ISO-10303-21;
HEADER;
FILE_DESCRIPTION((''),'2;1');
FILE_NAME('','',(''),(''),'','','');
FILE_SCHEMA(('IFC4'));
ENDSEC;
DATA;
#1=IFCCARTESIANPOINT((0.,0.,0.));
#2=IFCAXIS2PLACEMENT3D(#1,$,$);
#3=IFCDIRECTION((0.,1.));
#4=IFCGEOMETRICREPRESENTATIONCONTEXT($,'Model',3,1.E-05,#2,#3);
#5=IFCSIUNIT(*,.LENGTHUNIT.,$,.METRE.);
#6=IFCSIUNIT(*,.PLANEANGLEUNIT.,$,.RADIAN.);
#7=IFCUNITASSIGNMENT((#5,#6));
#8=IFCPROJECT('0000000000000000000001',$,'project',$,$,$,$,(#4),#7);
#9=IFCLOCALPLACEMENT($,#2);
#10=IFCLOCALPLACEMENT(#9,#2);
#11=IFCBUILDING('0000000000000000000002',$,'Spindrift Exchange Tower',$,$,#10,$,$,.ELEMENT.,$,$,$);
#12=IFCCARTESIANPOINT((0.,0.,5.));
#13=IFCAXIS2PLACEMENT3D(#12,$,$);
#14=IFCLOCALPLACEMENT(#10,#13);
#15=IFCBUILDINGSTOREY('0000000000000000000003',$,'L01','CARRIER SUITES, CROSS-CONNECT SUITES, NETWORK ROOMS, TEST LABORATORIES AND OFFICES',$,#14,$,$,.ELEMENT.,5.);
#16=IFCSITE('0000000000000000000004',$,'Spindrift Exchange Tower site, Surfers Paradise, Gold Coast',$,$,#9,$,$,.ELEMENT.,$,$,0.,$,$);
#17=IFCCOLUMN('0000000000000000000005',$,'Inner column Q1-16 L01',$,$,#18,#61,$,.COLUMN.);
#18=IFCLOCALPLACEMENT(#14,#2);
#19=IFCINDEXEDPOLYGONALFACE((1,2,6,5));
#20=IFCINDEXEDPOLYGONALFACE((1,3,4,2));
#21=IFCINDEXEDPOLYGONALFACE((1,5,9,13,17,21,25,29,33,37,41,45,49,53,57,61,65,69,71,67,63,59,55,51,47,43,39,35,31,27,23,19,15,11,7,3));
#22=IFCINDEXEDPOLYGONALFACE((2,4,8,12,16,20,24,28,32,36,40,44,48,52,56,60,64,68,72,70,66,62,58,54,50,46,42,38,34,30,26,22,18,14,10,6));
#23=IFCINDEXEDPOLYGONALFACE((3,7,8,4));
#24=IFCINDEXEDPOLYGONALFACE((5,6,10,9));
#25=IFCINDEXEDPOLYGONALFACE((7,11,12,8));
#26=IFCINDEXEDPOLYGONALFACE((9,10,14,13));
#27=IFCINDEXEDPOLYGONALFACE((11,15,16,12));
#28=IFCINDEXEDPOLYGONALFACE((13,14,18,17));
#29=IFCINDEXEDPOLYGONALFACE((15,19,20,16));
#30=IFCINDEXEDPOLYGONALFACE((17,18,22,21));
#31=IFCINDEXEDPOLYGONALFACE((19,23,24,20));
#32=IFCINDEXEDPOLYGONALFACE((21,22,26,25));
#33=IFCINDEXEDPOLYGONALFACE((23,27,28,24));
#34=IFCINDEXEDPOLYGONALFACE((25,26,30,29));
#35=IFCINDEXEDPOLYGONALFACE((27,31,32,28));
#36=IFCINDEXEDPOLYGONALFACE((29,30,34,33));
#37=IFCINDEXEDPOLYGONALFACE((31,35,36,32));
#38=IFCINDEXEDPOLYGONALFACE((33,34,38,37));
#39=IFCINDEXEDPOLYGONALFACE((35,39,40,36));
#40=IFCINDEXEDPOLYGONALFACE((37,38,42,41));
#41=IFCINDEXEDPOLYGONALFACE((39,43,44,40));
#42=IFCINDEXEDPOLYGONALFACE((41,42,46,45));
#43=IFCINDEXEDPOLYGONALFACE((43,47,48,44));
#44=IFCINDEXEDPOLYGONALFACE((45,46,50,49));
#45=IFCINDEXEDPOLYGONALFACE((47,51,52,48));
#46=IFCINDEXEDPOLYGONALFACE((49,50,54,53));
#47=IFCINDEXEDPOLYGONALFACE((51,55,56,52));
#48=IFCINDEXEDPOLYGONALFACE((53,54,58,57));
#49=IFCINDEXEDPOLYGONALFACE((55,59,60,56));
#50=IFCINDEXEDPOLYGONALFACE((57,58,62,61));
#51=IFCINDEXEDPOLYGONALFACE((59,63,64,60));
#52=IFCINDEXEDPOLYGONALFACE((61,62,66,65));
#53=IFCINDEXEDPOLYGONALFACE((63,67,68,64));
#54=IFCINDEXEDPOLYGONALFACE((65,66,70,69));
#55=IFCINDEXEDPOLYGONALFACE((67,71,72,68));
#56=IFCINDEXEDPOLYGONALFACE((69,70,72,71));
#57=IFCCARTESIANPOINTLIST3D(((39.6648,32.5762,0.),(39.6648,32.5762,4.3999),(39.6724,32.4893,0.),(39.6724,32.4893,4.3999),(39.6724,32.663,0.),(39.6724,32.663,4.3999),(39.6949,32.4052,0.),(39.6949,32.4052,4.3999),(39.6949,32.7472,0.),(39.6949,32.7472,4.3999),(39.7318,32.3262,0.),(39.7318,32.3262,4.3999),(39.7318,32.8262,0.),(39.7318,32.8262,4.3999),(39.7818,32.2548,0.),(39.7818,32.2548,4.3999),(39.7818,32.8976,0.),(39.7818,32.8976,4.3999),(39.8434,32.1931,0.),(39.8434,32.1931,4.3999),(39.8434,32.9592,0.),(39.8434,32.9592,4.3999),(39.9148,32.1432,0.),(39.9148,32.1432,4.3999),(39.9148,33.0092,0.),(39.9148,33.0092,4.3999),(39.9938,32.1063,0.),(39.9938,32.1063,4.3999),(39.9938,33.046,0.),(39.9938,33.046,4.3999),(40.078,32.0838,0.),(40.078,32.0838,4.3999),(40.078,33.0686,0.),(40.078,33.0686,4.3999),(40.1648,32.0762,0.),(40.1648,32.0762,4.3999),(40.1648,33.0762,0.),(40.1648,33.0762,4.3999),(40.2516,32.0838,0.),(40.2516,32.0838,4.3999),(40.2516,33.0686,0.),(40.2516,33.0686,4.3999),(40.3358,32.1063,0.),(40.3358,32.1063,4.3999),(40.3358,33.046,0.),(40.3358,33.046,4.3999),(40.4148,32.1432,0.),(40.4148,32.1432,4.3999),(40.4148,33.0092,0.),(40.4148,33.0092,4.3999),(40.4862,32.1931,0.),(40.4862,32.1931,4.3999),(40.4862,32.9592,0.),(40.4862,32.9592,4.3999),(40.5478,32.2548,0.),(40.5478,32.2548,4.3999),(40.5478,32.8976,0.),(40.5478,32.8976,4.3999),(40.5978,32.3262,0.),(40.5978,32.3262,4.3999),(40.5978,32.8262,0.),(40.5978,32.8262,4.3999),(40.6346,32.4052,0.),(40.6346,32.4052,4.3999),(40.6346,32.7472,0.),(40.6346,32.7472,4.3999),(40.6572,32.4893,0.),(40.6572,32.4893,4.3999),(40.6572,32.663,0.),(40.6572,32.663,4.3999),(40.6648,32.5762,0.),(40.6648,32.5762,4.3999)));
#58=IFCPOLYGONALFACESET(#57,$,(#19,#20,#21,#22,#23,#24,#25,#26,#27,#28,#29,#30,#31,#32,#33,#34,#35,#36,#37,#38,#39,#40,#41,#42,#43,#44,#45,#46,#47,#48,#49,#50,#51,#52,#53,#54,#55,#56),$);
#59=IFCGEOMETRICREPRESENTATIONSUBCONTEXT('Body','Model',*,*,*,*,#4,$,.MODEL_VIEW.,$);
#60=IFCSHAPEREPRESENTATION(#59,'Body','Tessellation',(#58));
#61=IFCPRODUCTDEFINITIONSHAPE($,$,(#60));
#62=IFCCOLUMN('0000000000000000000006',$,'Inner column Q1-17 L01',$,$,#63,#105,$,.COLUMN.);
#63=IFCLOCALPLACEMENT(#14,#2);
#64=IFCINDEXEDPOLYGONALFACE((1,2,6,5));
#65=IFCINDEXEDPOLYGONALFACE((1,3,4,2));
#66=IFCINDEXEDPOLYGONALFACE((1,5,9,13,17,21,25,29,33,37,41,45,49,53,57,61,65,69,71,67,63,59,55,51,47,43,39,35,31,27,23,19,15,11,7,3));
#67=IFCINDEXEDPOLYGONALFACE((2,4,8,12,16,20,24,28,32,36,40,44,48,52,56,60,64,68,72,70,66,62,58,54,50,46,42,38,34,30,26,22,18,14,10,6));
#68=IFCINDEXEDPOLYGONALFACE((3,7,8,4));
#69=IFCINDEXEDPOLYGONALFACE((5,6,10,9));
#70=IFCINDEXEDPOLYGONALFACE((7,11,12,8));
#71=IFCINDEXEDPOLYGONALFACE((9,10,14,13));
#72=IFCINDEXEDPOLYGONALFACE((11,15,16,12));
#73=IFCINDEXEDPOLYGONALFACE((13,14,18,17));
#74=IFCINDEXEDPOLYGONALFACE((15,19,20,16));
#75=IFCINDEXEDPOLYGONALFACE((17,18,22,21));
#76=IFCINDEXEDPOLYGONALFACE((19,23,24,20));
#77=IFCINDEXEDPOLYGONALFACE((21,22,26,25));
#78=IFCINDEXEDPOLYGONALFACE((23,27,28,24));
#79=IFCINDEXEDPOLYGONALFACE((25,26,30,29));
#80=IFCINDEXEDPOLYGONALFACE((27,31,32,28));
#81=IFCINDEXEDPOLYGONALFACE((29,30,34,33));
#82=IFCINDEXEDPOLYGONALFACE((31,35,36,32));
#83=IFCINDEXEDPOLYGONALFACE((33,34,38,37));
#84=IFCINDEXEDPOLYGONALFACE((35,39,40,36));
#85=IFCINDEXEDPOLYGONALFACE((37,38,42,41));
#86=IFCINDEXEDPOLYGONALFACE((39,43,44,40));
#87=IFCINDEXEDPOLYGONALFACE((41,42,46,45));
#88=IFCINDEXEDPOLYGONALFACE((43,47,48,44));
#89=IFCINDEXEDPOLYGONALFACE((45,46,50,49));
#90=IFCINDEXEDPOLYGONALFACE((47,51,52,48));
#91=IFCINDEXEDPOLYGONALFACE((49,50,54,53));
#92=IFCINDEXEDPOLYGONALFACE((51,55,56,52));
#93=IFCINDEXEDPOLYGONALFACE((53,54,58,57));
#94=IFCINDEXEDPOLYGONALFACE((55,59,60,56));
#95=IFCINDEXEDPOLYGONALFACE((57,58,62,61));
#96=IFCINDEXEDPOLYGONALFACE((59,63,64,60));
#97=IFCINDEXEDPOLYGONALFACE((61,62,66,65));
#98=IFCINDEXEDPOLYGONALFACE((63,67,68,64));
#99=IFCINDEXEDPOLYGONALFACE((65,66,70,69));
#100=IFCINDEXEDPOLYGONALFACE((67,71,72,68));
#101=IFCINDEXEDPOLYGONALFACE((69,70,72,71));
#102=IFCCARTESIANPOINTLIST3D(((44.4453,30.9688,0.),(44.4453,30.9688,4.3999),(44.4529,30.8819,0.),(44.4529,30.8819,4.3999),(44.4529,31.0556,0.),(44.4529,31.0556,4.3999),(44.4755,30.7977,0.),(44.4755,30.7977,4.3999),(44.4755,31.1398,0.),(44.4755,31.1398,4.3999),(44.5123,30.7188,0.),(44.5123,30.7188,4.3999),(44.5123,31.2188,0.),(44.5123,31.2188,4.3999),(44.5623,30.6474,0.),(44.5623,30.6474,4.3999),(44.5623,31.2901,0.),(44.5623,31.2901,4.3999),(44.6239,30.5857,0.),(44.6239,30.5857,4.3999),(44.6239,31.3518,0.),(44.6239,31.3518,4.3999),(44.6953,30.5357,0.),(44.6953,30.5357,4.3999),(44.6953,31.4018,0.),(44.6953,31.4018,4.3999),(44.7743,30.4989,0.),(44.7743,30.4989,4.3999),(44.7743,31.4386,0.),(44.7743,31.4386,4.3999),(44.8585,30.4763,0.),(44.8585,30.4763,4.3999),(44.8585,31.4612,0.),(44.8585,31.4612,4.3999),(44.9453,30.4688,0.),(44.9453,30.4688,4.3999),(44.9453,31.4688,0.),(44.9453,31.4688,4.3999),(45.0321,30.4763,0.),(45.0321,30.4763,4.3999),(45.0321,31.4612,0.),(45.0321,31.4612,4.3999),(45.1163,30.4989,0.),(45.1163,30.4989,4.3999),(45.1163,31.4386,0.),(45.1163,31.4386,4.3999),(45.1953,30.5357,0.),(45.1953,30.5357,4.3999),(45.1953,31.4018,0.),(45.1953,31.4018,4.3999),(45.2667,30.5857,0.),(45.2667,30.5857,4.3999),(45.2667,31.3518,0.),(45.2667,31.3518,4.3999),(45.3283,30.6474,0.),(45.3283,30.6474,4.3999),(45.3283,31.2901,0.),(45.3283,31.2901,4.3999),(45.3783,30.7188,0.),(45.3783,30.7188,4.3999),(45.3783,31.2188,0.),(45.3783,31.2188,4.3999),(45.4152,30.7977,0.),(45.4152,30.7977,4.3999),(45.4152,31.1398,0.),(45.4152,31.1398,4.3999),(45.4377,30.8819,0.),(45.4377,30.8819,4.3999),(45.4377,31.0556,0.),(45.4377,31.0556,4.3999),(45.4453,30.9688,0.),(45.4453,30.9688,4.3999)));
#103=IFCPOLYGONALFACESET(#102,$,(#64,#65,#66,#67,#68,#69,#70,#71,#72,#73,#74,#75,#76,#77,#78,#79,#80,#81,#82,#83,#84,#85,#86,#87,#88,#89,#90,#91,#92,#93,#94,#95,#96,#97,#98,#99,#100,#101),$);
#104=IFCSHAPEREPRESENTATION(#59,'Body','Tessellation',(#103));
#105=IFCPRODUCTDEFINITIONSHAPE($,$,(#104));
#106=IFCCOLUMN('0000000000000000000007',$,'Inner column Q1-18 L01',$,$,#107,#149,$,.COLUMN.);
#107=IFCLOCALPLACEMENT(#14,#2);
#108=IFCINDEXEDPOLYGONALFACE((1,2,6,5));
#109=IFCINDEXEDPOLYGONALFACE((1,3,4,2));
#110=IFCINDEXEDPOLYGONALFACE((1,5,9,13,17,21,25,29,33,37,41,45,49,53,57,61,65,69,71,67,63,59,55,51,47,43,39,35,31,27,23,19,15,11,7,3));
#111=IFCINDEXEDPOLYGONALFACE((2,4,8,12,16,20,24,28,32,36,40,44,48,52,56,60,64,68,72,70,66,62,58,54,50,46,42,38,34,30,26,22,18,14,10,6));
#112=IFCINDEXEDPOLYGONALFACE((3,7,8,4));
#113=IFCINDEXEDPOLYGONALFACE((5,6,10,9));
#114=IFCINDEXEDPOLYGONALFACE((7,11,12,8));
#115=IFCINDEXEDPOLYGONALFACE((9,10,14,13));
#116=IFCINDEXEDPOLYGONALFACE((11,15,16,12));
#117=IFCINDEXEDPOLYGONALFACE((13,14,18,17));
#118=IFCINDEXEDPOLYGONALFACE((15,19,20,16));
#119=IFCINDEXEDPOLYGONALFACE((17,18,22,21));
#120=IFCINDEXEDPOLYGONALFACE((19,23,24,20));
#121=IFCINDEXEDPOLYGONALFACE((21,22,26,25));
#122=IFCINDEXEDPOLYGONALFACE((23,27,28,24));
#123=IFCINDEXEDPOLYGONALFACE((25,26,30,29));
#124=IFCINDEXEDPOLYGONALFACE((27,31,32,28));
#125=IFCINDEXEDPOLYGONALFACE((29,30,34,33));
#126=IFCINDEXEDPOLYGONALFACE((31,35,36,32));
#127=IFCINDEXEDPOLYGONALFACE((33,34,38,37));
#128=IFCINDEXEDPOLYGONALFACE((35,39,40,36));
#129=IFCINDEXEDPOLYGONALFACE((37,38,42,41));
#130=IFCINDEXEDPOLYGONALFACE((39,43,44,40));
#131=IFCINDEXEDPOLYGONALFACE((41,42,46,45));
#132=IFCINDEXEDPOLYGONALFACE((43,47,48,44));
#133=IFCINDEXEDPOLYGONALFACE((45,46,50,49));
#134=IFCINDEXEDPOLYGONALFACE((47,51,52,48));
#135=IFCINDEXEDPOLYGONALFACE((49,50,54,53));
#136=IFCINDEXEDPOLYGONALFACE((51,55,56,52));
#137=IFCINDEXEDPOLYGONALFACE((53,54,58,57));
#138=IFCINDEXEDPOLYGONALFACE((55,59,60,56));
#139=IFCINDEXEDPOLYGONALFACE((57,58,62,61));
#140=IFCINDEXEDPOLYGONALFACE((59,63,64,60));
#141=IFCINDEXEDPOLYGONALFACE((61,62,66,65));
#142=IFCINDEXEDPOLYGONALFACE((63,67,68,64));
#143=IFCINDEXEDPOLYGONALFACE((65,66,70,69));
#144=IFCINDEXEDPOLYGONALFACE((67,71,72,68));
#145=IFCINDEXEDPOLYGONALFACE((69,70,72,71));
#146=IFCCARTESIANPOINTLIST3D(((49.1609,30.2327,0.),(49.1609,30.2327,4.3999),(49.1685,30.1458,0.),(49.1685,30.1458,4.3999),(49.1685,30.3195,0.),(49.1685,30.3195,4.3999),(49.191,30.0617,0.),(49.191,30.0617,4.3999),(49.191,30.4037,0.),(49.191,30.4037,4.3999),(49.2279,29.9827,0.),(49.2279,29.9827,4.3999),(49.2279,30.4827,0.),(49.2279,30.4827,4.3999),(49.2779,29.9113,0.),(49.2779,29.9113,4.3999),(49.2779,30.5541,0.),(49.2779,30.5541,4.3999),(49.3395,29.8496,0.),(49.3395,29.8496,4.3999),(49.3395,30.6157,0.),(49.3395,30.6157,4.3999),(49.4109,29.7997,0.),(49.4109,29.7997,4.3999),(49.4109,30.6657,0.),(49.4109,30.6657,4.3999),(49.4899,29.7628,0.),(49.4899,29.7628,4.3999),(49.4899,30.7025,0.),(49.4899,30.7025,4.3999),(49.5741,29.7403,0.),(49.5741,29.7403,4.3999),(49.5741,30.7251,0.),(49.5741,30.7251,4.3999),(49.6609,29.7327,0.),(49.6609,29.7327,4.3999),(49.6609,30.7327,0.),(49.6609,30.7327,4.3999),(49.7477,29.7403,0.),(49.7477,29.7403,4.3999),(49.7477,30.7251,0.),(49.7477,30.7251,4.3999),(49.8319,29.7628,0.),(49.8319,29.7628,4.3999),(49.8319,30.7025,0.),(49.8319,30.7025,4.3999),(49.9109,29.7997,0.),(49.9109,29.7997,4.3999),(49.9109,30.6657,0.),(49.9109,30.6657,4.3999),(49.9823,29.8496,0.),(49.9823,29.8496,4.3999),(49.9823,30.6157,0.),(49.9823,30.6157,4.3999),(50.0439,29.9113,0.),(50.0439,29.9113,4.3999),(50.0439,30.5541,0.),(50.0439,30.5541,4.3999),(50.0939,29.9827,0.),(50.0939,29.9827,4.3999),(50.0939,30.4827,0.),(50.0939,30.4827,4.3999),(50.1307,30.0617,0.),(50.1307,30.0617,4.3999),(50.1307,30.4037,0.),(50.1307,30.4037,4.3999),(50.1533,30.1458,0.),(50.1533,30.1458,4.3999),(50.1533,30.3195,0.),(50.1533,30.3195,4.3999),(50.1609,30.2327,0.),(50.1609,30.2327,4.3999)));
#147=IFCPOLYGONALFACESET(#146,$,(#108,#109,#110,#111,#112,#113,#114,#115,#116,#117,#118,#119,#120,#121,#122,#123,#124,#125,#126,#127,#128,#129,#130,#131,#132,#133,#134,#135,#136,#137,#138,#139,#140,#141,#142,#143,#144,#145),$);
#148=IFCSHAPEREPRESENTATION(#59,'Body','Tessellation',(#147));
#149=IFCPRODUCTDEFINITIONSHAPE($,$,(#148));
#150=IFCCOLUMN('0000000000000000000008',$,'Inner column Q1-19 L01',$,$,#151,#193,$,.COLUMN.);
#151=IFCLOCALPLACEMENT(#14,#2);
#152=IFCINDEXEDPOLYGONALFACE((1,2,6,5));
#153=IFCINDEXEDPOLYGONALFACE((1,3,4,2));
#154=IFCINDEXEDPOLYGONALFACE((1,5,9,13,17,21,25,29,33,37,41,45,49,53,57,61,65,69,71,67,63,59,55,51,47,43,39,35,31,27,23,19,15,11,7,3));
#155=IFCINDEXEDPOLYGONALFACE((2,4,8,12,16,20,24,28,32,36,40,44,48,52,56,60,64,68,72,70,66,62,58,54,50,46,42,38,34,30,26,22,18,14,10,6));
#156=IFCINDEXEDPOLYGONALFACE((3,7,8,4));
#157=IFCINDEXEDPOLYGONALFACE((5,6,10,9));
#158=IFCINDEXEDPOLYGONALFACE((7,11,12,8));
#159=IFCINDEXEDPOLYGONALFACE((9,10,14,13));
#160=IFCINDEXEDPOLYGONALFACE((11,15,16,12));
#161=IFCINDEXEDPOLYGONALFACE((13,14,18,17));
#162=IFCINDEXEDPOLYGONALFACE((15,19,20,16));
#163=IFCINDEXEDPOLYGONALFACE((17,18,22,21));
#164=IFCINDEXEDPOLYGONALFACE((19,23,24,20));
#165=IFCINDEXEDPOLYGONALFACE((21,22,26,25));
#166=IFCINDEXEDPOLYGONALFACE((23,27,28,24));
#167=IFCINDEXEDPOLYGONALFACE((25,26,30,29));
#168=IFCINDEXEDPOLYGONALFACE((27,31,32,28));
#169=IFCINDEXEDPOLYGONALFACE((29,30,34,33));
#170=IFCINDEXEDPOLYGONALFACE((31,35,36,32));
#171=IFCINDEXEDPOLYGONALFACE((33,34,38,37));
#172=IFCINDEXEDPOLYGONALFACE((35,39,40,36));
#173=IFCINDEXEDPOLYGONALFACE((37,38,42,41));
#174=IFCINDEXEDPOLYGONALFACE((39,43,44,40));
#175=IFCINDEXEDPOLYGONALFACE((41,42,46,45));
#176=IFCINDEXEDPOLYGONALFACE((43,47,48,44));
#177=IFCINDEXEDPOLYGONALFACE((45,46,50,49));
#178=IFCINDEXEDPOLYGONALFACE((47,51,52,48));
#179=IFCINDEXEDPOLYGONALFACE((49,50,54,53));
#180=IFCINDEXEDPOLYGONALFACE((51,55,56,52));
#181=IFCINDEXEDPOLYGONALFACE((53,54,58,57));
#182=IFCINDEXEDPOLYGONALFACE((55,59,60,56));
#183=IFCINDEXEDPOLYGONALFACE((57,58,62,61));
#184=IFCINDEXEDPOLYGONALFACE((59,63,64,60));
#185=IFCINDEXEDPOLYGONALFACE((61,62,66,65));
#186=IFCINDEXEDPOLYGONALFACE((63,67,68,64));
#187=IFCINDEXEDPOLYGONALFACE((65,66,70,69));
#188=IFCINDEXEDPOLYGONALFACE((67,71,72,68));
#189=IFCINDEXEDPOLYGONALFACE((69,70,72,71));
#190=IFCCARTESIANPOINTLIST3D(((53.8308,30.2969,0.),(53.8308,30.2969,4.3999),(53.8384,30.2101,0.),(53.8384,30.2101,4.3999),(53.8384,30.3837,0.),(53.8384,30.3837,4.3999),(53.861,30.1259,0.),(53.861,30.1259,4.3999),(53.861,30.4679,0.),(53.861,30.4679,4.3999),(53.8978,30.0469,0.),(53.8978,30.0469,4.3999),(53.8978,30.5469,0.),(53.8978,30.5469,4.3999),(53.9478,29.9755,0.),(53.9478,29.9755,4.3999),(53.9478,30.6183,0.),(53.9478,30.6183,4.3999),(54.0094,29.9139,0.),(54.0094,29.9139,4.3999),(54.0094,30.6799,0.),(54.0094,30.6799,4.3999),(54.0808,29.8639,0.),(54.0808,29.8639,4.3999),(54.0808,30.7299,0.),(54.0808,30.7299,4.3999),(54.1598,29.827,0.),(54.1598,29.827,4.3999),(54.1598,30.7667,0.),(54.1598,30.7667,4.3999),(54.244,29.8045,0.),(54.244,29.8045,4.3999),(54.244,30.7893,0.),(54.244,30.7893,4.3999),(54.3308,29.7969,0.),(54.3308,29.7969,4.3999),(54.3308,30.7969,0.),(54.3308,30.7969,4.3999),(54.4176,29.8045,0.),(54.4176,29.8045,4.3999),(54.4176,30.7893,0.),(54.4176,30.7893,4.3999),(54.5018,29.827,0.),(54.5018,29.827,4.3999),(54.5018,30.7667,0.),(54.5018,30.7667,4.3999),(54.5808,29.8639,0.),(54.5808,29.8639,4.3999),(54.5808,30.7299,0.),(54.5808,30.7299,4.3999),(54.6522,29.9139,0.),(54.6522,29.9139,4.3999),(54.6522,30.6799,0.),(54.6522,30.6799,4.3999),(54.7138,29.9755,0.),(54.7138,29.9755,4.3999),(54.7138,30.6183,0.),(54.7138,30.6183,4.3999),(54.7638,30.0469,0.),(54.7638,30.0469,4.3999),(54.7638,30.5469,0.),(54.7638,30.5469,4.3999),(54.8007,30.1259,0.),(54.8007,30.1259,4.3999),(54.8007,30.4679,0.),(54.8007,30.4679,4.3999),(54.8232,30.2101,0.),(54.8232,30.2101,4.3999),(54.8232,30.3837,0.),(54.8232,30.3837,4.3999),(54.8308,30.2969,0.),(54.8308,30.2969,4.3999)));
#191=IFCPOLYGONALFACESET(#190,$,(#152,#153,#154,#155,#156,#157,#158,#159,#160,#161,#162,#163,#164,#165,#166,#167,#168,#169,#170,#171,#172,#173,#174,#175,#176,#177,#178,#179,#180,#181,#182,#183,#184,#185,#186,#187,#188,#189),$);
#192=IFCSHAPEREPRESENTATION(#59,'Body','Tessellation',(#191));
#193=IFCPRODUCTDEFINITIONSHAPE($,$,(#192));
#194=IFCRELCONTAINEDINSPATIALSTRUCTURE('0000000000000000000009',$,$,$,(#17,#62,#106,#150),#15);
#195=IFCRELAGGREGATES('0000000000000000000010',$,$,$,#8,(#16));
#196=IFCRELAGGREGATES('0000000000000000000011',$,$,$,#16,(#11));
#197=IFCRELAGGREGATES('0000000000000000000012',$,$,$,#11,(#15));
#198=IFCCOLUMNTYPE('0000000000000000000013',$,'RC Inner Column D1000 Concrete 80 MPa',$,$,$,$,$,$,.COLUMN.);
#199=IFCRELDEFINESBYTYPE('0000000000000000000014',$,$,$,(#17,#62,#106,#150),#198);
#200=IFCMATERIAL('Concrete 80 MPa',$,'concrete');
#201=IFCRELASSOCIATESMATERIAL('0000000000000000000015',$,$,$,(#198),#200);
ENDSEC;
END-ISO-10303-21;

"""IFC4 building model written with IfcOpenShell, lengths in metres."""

from ifc_helpers import new_model, si_unit, direction, frame, origin, origin_2d, place, context, subcontext, project, spatial, circle, extrude, source, transform, mapped, material, material_profile, profile_set, type_object, element, save


model = new_model("IFC4")

# Units and contexts
model_context = context("Model", 3, precision=1e-05, world=origin(), true_north=direction((0.0, 1.0)))
body_context = subcontext(model_context, "Body", "Model", "MODEL_VIEW")
ifc_project = project(units=[si_unit("LENGTHUNIT", "METRE"), si_unit("PLANEANGLEUNIT", "RADIAN")], contexts=[model_context])

# Site, building, storey
site_placement = place(None, origin())
site = spatial("IfcSite", under=ifc_project, at=site_placement, Name="Spindrift Exchange Tower site, Surfers Paradise, Gold Coast", CompositionType="ELEMENT", RefElevation=0.0)
building_placement = place(site_placement, origin())
building = spatial("IfcBuilding", under=site, at=building_placement, Name="Spindrift Exchange Tower", CompositionType="ELEMENT")
storey_placement = place(building_placement, frame((0.0, 0.0, 5.0)))
storey = spatial("IfcBuildingStorey", under=building, at=storey_placement, Name="L01", Description="CARRIER SUITES, CROSS-CONNECT SUITES, NETWORK ROOMS, TEST LABORATORIES AND OFFICES", CompositionType="ELEMENT", Elevation=5.0)

# Columns
ifc_material_1 = material(Name="Concrete 80 MPa", Category="concrete")
ifc_material_profile_1 = material_profile(ifc_material_1, circle(Radius=0.5, at=origin_2d()), Name="RC D1000")
ifc_profile_set_1 = profile_set([ifc_material_profile_1], Name="Concrete 80 MPa")
column_type_1 = type_object("IfcColumnType", Name="RC Inner Column D1000 Concrete 80 MPa", PredefinedType="COLUMN", material=ifc_profile_set_1)
shared_shape_1 = source(origin(), body_context, "Body", "SweptSolid", [
    extrude(circle(Radius=0.5, at=origin_2d()), origin(), (0.0, 0.0, 1.0), 4.3999),
])
for number, where, z_axis, x_axis, name in (
    (1, (40.1648, 32.5762, 0.0), (0.0, 0.0, 1.0), (1.0, 0.0, 0.0), "Inner column Q1-16 L01"),
    (2, (44.9453, 30.9688, 0.0), (0.0, 0.0, 1.0), (1.0, 0.0, 0.0), "Inner column Q1-17 L01"),
    (3, (49.6609, 30.2327, 0.0), (0.0, 0.0, 1.0), (1.0, 0.0, 0.0), "Inner column Q1-18 L01"),
    (4, (54.3308, 30.2969, 0.0), (0.0, 0.0, 1.0), (1.0, 0.0, 0.0), "Inner column Q1-19 L01"),
):
    element("IfcColumn", number, at=place(storey_placement, frame(where, z_axis=z_axis, x_axis=x_axis)), inside=storey, type_object=column_type_1, Name=name, PredefinedType="COLUMN", context=body_context, shape_type="MappedRepresentation", body=[
        mapped(shared_shape_1, transform((0.0, 0.0, 0.0), scale=1.0)),
    ])

save(model, "model.ifc")
